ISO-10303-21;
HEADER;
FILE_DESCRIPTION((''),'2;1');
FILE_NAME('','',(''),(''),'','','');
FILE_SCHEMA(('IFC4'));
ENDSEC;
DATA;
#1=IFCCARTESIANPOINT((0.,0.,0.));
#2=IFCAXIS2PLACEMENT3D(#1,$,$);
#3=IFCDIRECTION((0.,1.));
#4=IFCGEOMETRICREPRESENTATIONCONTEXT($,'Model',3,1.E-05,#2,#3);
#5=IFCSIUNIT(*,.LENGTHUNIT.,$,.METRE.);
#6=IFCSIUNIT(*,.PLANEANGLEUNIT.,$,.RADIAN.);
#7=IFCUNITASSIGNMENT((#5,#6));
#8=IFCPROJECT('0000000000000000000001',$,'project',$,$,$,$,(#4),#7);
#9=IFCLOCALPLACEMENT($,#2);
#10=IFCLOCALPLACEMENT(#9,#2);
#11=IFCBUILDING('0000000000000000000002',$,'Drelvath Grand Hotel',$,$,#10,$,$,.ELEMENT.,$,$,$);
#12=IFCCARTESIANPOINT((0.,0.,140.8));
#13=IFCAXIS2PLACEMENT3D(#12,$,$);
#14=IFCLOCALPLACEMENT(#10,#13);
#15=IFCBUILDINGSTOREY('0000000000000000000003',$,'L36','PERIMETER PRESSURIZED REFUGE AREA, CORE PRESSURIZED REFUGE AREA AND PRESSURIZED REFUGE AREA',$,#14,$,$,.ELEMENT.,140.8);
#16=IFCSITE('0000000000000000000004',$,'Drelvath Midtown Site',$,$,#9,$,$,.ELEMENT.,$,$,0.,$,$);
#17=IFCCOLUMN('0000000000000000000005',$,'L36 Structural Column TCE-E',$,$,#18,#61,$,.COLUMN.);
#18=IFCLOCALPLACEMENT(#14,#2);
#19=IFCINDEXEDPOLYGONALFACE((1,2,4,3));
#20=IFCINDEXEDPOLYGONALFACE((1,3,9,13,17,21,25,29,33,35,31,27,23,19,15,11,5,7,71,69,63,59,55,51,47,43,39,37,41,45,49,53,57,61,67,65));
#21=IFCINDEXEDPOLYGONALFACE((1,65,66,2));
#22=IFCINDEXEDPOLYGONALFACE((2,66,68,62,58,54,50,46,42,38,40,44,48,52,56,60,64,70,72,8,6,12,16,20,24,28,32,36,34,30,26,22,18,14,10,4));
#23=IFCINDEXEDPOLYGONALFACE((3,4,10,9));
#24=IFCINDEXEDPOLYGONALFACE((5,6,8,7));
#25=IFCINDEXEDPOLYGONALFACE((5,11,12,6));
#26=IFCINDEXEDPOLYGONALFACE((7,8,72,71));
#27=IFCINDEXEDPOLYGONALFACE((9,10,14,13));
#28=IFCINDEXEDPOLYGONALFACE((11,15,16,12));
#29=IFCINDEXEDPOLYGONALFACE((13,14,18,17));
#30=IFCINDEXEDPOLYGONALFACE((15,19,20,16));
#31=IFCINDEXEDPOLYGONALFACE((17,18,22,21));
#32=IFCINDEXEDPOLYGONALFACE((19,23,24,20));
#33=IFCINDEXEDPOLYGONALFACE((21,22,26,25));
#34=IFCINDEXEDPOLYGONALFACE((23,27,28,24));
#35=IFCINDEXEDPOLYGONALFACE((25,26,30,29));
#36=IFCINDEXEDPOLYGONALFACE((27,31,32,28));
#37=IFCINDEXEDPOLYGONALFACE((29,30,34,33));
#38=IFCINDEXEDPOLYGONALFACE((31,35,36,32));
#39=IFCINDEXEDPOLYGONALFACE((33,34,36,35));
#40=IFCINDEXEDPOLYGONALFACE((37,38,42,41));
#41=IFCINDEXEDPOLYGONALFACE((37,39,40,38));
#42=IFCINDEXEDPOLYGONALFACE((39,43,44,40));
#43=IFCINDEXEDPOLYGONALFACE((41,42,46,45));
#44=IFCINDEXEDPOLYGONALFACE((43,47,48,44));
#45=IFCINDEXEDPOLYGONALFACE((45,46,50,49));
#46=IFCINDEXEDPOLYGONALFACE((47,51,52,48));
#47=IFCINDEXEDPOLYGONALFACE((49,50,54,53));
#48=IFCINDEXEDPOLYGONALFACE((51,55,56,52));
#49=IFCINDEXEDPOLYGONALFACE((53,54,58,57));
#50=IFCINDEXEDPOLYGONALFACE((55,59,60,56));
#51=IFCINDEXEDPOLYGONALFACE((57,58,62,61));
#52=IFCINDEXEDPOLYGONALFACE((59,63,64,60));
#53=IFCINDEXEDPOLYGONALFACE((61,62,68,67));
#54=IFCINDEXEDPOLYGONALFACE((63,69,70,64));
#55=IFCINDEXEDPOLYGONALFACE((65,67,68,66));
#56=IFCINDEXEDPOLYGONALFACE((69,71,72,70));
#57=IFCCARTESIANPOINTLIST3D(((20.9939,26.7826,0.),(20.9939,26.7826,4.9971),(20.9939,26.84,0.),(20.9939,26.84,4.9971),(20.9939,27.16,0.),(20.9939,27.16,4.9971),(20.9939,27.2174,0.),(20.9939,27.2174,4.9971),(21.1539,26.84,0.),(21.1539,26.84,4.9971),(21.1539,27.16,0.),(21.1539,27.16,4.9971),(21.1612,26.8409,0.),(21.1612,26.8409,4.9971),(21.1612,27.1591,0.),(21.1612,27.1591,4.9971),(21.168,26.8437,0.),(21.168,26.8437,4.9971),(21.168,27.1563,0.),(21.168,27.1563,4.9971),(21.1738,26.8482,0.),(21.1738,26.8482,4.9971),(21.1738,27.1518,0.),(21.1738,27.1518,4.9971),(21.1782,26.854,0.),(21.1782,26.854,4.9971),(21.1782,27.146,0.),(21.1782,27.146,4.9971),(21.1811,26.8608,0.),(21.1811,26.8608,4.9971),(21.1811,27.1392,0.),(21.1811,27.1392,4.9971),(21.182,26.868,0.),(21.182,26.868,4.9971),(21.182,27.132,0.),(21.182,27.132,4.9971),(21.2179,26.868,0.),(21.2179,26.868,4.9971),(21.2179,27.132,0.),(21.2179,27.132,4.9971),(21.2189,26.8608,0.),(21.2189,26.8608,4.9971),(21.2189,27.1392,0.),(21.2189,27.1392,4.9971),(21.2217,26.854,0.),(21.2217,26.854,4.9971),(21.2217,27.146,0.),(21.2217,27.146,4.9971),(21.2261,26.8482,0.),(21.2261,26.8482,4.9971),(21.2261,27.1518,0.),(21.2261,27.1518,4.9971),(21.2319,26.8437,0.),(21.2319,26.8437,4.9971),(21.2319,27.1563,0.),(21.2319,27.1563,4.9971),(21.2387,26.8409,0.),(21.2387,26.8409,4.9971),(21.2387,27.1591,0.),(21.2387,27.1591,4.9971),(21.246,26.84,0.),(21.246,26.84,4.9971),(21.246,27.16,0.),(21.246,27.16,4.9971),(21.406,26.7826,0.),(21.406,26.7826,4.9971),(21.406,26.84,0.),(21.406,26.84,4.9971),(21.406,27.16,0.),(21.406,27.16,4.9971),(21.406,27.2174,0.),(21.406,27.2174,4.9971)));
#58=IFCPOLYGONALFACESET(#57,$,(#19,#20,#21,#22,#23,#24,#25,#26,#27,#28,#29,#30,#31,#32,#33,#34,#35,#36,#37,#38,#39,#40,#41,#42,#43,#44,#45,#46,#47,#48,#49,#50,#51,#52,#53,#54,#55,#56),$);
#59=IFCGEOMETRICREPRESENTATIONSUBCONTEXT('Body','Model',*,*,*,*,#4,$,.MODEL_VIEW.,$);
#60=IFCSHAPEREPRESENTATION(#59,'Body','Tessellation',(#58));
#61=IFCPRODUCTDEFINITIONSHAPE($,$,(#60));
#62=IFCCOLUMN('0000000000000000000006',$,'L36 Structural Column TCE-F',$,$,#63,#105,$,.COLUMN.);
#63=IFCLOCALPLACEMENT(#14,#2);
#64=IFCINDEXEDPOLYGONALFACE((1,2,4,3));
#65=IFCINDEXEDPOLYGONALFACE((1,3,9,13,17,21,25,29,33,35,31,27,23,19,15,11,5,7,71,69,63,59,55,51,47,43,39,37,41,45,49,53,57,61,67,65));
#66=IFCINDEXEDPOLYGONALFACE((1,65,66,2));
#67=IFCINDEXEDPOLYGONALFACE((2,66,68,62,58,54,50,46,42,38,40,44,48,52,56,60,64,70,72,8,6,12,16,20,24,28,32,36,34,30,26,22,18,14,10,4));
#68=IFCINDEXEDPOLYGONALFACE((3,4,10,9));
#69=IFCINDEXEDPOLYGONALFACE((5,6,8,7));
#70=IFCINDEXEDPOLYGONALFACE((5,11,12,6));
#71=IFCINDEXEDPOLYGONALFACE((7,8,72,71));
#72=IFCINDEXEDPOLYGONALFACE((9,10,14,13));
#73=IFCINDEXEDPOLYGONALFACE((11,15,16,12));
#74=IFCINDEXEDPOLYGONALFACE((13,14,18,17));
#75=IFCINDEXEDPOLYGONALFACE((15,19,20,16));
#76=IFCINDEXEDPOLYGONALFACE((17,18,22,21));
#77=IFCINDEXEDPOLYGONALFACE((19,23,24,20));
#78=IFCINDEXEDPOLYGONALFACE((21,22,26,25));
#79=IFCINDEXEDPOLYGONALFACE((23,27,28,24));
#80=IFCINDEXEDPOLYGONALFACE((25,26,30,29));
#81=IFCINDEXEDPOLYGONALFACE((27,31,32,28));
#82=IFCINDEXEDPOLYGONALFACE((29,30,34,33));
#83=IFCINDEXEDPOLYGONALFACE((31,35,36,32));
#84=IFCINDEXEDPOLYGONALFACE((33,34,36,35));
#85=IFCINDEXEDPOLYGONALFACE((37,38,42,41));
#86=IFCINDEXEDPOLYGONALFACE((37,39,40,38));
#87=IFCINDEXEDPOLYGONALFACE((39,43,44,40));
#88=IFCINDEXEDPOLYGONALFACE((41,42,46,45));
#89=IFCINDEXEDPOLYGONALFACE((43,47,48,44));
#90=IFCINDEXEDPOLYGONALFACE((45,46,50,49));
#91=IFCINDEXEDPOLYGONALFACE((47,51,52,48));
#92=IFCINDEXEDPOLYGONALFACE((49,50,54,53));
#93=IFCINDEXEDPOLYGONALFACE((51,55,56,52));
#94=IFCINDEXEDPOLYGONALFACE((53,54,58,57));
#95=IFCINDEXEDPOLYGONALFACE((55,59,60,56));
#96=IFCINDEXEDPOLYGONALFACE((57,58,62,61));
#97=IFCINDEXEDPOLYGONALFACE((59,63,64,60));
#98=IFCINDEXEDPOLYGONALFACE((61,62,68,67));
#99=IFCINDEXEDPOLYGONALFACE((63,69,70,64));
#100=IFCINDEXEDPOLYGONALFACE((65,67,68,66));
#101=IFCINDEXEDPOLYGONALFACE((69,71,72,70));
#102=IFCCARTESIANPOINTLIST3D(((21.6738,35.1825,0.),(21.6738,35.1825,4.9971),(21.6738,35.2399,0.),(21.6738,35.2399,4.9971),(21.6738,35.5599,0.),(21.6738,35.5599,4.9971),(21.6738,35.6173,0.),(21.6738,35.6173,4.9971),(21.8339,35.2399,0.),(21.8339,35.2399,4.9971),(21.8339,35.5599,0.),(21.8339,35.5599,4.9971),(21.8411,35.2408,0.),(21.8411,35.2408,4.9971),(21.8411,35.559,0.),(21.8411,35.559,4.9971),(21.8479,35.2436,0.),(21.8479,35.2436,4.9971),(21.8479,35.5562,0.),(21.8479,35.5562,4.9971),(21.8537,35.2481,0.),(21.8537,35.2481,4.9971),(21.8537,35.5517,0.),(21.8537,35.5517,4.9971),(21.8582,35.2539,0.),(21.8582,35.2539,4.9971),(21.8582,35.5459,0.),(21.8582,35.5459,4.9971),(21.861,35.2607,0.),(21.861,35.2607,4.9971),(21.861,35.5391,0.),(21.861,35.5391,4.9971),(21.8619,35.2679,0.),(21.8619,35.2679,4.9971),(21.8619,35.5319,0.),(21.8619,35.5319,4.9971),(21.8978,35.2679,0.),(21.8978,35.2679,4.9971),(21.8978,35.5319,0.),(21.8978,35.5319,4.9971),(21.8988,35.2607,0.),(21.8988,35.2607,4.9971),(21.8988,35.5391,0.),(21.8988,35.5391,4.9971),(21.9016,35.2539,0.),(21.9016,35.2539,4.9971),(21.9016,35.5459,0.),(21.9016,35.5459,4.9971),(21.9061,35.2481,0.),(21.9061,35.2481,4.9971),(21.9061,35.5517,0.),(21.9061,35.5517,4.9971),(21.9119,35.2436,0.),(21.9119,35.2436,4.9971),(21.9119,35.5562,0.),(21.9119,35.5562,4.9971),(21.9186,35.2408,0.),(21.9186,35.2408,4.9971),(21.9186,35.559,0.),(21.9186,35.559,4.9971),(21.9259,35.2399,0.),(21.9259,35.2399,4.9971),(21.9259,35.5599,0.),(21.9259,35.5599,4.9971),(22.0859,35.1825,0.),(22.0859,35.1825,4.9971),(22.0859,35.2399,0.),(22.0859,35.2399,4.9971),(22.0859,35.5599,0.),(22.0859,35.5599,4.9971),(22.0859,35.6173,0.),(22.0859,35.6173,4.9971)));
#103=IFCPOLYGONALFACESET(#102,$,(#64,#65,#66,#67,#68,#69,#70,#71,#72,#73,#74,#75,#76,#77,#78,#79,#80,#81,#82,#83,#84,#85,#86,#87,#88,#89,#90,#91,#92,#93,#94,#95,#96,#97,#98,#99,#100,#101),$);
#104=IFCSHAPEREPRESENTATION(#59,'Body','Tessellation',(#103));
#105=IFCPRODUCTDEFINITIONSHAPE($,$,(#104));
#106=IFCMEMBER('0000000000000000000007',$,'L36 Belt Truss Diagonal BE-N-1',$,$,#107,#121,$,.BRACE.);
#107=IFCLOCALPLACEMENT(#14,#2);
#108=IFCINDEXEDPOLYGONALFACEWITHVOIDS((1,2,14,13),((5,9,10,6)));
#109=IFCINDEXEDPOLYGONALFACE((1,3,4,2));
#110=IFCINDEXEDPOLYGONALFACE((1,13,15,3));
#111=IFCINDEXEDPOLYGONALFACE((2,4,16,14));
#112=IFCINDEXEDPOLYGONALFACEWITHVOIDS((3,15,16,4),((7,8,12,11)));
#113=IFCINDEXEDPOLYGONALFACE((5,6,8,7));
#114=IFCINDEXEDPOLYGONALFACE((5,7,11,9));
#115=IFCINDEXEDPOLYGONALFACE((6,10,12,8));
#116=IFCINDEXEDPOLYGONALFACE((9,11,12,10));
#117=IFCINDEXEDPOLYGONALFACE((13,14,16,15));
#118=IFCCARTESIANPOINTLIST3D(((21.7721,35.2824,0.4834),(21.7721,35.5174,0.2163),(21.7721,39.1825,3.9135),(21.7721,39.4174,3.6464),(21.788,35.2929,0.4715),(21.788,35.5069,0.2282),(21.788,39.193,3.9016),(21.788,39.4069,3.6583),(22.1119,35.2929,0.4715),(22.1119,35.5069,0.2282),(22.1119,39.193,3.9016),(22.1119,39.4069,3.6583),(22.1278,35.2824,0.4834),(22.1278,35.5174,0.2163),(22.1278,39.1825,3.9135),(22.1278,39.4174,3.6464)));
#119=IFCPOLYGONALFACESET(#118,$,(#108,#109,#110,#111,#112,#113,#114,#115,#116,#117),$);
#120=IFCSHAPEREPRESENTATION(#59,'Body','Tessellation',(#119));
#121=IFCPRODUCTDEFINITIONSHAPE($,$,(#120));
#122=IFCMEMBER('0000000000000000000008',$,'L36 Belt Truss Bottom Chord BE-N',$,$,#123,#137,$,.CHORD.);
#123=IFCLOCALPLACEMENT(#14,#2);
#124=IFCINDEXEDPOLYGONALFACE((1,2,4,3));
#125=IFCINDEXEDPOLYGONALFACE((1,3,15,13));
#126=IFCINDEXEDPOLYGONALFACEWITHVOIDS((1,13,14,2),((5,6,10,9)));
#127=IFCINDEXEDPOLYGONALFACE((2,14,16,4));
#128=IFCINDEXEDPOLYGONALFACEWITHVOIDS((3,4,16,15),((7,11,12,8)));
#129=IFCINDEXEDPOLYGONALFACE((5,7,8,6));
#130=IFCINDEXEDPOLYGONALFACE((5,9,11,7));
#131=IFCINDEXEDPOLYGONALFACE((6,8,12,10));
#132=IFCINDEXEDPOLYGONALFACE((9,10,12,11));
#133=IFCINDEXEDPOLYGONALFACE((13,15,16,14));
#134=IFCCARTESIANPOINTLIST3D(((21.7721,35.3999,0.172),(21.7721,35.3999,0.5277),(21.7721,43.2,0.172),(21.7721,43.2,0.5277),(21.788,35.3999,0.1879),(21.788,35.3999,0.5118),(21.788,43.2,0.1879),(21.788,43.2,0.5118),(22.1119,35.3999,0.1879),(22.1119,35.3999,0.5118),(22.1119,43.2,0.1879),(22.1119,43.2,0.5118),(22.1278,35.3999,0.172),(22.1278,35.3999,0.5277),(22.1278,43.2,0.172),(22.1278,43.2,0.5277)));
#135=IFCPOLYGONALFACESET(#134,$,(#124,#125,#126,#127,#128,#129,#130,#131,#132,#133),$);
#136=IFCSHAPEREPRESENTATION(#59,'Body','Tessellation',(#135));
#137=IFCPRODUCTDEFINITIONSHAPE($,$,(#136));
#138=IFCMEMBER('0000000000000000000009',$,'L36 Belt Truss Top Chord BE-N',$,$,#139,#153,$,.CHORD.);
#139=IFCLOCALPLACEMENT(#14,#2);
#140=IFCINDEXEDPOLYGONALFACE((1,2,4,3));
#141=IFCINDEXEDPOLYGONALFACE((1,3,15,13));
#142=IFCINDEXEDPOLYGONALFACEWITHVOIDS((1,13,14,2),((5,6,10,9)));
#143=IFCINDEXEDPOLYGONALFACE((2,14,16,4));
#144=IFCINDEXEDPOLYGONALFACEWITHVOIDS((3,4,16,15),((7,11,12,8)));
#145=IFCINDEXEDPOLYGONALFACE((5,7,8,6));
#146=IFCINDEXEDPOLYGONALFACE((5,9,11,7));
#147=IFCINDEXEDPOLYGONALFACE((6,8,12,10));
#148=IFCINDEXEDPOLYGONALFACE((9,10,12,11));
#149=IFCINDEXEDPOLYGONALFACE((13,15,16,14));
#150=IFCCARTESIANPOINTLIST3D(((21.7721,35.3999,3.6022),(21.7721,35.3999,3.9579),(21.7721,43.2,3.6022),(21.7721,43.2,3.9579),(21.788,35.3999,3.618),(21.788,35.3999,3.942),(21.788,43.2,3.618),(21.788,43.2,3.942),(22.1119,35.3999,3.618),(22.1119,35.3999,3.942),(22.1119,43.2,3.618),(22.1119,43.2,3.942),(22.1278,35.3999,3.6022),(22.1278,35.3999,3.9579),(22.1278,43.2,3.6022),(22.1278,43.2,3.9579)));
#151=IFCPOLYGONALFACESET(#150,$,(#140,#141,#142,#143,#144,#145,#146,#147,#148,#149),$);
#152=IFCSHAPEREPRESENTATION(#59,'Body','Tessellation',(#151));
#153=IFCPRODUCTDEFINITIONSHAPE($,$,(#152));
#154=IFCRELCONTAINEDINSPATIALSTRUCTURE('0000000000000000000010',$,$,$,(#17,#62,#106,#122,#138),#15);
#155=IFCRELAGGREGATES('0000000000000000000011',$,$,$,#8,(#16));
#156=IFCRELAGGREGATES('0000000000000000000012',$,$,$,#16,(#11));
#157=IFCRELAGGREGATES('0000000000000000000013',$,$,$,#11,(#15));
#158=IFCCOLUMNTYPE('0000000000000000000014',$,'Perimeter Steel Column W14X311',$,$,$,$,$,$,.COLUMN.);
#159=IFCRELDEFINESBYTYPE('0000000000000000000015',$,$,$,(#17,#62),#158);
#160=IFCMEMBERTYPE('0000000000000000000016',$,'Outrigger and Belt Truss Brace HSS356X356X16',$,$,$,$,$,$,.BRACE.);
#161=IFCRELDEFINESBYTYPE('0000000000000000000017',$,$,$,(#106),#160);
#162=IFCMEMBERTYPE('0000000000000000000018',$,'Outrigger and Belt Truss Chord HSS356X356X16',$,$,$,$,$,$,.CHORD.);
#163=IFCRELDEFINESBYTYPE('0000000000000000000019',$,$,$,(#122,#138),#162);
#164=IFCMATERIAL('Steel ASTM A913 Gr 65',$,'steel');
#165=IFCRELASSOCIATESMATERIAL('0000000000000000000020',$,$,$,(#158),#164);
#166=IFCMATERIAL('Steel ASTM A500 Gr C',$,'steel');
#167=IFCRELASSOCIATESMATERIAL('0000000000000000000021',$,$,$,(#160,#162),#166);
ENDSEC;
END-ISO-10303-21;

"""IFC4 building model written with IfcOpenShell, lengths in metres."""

from ifc_helpers import new_model, si_unit, direction, frame, origin, origin_2d, place, context, subcontext, project, spatial, hollow_rectangle, i_section, extrude, material, material_profile, profile_set, type_object, element, save


model = new_model("IFC4")

# Units and contexts
model_context = context("Model", 3, precision=1e-05, world=origin(), true_north=direction((0.0, 1.0)))
body_context = subcontext(model_context, "Body", "Model", "MODEL_VIEW")
ifc_project = project(units=[si_unit("LENGTHUNIT", "METRE"), si_unit("PLANEANGLEUNIT", "RADIAN")], contexts=[model_context])

# Site, building, storey
site_placement = place(None, origin())
site = spatial("IfcSite", under=ifc_project, at=site_placement, Name="Drelvath Midtown Site", CompositionType="ELEMENT", RefElevation=0.0)
building_placement = place(site_placement, origin())
building = spatial("IfcBuilding", under=site, at=building_placement, Name="Drelvath Grand Hotel", CompositionType="ELEMENT")
storey_placement = place(building_placement, frame((0.0, 0.0, 140.8)))
storey = spatial("IfcBuildingStorey", under=building, at=storey_placement, Name="L36", Description="PERIMETER PRESSURIZED REFUGE AREA, CORE PRESSURIZED REFUGE AREA AND PRESSURIZED REFUGE AREA", CompositionType="ELEMENT", Elevation=140.8)

# Columns
ifc_material_1 = material(Name="Steel ASTM A913 Gr 65", Category="steel")
ifc_material_profile_1 = material_profile(ifc_material_1, i_section(OverallWidth=0.4121, OverallDepth=0.4348, WebThickness=0.0359, FlangeThickness=0.0574, FilletRadius=0.0281, at=origin_2d()), Name="W14X311")
ifc_profile_set_1 = profile_set([ifc_material_profile_1], Name="Steel ASTM A913 Gr 65")
column_type = type_object("IfcColumnType", Name="Perimeter Steel Column W14X311", PredefinedType="COLUMN", material=ifc_profile_set_1)
for number, where, z_axis, x_axis, name in (
    (1, (21.2, 27.0, 0.0), (0.0, 0.0, 1.0), (1.0, 0.0, 0.0), "L36 Structural Column TCE-E"),
    (2, (21.8799, 35.3999, 0.0), (0.0, 0.0, 1.0), (1.0, 0.0, 0.0), "L36 Structural Column TCE-F"),
):
    element("IfcColumn", number, at=place(storey_placement, frame(where, z_axis=z_axis, x_axis=x_axis)), inside=storey, type_object=column_type, Name=name, PredefinedType="COLUMN", context=body_context, shape_type="SweptSolid", body=[
        extrude(i_section(OverallWidth=0.4121, OverallDepth=0.4348, WebThickness=0.0359, FlangeThickness=0.0574, FilletRadius=0.0281, at=origin_2d()), origin(), (0.0, 0.0, 1.0), 4.9971),
    ])

# Members
ifc_material_2 = material(Name="Steel ASTM A500 Gr C", Category="steel")
ifc_material_profile_2 = material_profile(ifc_material_2, hollow_rectangle(XDim=0.3557, YDim=0.3557, WallThickness=0.0159, at=origin_2d()), Name="HSS356X356X16")
ifc_profile_set_2 = profile_set([ifc_material_profile_2], Name="Steel ASTM A500 Gr C")
member_type_1 = type_object("IfcMemberType", Name="Outrigger and Belt Truss Brace HSS356X356X16", PredefinedType="BRACE", material=ifc_profile_set_2)
member_placement = place(storey_placement, frame((21.95, 35.3999, 0.3499), z_axis=(0.0, 0.7509, 0.660416), x_axis=(-1.0, 0.0, 0.0)))
element("IfcMember", 3, at=member_placement, inside=storey, type_object=member_type_1, Name="L36 Belt Truss Diagonal BE-N-1", PredefinedType="BRACE", context=body_context, shape_type="SweptSolid", body=[
    extrude(hollow_rectangle(XDim=0.3557, YDim=0.3557, WallThickness=0.0159, at=origin_2d()), origin(), (0.0, 0.0, 1.0), 5.1938),
])
ifc_material_profile_3 = material_profile(ifc_material_2, hollow_rectangle(XDim=0.3557, YDim=0.3557, WallThickness=0.0159, at=origin_2d()), Name="HSS356X356X16")
ifc_profile_set_3 = profile_set([ifc_material_profile_3], Name="Steel ASTM A500 Gr C")
member_type_2 = type_object("IfcMemberType", Name="Outrigger and Belt Truss Chord HSS356X356X16", PredefinedType="CHORD", material=ifc_profile_set_3)
for number, where, z_axis, x_axis, name in (
    (4, (21.95, 35.3999, 0.3499), (0.0, 1.0, 0.0), (-1.0, 0.0, 0.0), "L36 Belt Truss Bottom Chord BE-N"),
    (5, (21.95, 35.3999, 3.78), (0.0, 1.0, 0.0), (-1.0, 0.0, 0.0), "L36 Belt Truss Top Chord BE-N"),
):
    element("IfcMember", number, at=place(storey_placement, frame(where, z_axis=z_axis, x_axis=x_axis)), inside=storey, type_object=member_type_2, Name=name, PredefinedType="CHORD", context=body_context, shape_type="SweptSolid", body=[
        extrude(hollow_rectangle(XDim=0.3557, YDim=0.3557, WallThickness=0.0159, at=origin_2d()), origin(), (0.0, 0.0, 1.0), 7.8),
    ])

save(model, "model.ifc")
